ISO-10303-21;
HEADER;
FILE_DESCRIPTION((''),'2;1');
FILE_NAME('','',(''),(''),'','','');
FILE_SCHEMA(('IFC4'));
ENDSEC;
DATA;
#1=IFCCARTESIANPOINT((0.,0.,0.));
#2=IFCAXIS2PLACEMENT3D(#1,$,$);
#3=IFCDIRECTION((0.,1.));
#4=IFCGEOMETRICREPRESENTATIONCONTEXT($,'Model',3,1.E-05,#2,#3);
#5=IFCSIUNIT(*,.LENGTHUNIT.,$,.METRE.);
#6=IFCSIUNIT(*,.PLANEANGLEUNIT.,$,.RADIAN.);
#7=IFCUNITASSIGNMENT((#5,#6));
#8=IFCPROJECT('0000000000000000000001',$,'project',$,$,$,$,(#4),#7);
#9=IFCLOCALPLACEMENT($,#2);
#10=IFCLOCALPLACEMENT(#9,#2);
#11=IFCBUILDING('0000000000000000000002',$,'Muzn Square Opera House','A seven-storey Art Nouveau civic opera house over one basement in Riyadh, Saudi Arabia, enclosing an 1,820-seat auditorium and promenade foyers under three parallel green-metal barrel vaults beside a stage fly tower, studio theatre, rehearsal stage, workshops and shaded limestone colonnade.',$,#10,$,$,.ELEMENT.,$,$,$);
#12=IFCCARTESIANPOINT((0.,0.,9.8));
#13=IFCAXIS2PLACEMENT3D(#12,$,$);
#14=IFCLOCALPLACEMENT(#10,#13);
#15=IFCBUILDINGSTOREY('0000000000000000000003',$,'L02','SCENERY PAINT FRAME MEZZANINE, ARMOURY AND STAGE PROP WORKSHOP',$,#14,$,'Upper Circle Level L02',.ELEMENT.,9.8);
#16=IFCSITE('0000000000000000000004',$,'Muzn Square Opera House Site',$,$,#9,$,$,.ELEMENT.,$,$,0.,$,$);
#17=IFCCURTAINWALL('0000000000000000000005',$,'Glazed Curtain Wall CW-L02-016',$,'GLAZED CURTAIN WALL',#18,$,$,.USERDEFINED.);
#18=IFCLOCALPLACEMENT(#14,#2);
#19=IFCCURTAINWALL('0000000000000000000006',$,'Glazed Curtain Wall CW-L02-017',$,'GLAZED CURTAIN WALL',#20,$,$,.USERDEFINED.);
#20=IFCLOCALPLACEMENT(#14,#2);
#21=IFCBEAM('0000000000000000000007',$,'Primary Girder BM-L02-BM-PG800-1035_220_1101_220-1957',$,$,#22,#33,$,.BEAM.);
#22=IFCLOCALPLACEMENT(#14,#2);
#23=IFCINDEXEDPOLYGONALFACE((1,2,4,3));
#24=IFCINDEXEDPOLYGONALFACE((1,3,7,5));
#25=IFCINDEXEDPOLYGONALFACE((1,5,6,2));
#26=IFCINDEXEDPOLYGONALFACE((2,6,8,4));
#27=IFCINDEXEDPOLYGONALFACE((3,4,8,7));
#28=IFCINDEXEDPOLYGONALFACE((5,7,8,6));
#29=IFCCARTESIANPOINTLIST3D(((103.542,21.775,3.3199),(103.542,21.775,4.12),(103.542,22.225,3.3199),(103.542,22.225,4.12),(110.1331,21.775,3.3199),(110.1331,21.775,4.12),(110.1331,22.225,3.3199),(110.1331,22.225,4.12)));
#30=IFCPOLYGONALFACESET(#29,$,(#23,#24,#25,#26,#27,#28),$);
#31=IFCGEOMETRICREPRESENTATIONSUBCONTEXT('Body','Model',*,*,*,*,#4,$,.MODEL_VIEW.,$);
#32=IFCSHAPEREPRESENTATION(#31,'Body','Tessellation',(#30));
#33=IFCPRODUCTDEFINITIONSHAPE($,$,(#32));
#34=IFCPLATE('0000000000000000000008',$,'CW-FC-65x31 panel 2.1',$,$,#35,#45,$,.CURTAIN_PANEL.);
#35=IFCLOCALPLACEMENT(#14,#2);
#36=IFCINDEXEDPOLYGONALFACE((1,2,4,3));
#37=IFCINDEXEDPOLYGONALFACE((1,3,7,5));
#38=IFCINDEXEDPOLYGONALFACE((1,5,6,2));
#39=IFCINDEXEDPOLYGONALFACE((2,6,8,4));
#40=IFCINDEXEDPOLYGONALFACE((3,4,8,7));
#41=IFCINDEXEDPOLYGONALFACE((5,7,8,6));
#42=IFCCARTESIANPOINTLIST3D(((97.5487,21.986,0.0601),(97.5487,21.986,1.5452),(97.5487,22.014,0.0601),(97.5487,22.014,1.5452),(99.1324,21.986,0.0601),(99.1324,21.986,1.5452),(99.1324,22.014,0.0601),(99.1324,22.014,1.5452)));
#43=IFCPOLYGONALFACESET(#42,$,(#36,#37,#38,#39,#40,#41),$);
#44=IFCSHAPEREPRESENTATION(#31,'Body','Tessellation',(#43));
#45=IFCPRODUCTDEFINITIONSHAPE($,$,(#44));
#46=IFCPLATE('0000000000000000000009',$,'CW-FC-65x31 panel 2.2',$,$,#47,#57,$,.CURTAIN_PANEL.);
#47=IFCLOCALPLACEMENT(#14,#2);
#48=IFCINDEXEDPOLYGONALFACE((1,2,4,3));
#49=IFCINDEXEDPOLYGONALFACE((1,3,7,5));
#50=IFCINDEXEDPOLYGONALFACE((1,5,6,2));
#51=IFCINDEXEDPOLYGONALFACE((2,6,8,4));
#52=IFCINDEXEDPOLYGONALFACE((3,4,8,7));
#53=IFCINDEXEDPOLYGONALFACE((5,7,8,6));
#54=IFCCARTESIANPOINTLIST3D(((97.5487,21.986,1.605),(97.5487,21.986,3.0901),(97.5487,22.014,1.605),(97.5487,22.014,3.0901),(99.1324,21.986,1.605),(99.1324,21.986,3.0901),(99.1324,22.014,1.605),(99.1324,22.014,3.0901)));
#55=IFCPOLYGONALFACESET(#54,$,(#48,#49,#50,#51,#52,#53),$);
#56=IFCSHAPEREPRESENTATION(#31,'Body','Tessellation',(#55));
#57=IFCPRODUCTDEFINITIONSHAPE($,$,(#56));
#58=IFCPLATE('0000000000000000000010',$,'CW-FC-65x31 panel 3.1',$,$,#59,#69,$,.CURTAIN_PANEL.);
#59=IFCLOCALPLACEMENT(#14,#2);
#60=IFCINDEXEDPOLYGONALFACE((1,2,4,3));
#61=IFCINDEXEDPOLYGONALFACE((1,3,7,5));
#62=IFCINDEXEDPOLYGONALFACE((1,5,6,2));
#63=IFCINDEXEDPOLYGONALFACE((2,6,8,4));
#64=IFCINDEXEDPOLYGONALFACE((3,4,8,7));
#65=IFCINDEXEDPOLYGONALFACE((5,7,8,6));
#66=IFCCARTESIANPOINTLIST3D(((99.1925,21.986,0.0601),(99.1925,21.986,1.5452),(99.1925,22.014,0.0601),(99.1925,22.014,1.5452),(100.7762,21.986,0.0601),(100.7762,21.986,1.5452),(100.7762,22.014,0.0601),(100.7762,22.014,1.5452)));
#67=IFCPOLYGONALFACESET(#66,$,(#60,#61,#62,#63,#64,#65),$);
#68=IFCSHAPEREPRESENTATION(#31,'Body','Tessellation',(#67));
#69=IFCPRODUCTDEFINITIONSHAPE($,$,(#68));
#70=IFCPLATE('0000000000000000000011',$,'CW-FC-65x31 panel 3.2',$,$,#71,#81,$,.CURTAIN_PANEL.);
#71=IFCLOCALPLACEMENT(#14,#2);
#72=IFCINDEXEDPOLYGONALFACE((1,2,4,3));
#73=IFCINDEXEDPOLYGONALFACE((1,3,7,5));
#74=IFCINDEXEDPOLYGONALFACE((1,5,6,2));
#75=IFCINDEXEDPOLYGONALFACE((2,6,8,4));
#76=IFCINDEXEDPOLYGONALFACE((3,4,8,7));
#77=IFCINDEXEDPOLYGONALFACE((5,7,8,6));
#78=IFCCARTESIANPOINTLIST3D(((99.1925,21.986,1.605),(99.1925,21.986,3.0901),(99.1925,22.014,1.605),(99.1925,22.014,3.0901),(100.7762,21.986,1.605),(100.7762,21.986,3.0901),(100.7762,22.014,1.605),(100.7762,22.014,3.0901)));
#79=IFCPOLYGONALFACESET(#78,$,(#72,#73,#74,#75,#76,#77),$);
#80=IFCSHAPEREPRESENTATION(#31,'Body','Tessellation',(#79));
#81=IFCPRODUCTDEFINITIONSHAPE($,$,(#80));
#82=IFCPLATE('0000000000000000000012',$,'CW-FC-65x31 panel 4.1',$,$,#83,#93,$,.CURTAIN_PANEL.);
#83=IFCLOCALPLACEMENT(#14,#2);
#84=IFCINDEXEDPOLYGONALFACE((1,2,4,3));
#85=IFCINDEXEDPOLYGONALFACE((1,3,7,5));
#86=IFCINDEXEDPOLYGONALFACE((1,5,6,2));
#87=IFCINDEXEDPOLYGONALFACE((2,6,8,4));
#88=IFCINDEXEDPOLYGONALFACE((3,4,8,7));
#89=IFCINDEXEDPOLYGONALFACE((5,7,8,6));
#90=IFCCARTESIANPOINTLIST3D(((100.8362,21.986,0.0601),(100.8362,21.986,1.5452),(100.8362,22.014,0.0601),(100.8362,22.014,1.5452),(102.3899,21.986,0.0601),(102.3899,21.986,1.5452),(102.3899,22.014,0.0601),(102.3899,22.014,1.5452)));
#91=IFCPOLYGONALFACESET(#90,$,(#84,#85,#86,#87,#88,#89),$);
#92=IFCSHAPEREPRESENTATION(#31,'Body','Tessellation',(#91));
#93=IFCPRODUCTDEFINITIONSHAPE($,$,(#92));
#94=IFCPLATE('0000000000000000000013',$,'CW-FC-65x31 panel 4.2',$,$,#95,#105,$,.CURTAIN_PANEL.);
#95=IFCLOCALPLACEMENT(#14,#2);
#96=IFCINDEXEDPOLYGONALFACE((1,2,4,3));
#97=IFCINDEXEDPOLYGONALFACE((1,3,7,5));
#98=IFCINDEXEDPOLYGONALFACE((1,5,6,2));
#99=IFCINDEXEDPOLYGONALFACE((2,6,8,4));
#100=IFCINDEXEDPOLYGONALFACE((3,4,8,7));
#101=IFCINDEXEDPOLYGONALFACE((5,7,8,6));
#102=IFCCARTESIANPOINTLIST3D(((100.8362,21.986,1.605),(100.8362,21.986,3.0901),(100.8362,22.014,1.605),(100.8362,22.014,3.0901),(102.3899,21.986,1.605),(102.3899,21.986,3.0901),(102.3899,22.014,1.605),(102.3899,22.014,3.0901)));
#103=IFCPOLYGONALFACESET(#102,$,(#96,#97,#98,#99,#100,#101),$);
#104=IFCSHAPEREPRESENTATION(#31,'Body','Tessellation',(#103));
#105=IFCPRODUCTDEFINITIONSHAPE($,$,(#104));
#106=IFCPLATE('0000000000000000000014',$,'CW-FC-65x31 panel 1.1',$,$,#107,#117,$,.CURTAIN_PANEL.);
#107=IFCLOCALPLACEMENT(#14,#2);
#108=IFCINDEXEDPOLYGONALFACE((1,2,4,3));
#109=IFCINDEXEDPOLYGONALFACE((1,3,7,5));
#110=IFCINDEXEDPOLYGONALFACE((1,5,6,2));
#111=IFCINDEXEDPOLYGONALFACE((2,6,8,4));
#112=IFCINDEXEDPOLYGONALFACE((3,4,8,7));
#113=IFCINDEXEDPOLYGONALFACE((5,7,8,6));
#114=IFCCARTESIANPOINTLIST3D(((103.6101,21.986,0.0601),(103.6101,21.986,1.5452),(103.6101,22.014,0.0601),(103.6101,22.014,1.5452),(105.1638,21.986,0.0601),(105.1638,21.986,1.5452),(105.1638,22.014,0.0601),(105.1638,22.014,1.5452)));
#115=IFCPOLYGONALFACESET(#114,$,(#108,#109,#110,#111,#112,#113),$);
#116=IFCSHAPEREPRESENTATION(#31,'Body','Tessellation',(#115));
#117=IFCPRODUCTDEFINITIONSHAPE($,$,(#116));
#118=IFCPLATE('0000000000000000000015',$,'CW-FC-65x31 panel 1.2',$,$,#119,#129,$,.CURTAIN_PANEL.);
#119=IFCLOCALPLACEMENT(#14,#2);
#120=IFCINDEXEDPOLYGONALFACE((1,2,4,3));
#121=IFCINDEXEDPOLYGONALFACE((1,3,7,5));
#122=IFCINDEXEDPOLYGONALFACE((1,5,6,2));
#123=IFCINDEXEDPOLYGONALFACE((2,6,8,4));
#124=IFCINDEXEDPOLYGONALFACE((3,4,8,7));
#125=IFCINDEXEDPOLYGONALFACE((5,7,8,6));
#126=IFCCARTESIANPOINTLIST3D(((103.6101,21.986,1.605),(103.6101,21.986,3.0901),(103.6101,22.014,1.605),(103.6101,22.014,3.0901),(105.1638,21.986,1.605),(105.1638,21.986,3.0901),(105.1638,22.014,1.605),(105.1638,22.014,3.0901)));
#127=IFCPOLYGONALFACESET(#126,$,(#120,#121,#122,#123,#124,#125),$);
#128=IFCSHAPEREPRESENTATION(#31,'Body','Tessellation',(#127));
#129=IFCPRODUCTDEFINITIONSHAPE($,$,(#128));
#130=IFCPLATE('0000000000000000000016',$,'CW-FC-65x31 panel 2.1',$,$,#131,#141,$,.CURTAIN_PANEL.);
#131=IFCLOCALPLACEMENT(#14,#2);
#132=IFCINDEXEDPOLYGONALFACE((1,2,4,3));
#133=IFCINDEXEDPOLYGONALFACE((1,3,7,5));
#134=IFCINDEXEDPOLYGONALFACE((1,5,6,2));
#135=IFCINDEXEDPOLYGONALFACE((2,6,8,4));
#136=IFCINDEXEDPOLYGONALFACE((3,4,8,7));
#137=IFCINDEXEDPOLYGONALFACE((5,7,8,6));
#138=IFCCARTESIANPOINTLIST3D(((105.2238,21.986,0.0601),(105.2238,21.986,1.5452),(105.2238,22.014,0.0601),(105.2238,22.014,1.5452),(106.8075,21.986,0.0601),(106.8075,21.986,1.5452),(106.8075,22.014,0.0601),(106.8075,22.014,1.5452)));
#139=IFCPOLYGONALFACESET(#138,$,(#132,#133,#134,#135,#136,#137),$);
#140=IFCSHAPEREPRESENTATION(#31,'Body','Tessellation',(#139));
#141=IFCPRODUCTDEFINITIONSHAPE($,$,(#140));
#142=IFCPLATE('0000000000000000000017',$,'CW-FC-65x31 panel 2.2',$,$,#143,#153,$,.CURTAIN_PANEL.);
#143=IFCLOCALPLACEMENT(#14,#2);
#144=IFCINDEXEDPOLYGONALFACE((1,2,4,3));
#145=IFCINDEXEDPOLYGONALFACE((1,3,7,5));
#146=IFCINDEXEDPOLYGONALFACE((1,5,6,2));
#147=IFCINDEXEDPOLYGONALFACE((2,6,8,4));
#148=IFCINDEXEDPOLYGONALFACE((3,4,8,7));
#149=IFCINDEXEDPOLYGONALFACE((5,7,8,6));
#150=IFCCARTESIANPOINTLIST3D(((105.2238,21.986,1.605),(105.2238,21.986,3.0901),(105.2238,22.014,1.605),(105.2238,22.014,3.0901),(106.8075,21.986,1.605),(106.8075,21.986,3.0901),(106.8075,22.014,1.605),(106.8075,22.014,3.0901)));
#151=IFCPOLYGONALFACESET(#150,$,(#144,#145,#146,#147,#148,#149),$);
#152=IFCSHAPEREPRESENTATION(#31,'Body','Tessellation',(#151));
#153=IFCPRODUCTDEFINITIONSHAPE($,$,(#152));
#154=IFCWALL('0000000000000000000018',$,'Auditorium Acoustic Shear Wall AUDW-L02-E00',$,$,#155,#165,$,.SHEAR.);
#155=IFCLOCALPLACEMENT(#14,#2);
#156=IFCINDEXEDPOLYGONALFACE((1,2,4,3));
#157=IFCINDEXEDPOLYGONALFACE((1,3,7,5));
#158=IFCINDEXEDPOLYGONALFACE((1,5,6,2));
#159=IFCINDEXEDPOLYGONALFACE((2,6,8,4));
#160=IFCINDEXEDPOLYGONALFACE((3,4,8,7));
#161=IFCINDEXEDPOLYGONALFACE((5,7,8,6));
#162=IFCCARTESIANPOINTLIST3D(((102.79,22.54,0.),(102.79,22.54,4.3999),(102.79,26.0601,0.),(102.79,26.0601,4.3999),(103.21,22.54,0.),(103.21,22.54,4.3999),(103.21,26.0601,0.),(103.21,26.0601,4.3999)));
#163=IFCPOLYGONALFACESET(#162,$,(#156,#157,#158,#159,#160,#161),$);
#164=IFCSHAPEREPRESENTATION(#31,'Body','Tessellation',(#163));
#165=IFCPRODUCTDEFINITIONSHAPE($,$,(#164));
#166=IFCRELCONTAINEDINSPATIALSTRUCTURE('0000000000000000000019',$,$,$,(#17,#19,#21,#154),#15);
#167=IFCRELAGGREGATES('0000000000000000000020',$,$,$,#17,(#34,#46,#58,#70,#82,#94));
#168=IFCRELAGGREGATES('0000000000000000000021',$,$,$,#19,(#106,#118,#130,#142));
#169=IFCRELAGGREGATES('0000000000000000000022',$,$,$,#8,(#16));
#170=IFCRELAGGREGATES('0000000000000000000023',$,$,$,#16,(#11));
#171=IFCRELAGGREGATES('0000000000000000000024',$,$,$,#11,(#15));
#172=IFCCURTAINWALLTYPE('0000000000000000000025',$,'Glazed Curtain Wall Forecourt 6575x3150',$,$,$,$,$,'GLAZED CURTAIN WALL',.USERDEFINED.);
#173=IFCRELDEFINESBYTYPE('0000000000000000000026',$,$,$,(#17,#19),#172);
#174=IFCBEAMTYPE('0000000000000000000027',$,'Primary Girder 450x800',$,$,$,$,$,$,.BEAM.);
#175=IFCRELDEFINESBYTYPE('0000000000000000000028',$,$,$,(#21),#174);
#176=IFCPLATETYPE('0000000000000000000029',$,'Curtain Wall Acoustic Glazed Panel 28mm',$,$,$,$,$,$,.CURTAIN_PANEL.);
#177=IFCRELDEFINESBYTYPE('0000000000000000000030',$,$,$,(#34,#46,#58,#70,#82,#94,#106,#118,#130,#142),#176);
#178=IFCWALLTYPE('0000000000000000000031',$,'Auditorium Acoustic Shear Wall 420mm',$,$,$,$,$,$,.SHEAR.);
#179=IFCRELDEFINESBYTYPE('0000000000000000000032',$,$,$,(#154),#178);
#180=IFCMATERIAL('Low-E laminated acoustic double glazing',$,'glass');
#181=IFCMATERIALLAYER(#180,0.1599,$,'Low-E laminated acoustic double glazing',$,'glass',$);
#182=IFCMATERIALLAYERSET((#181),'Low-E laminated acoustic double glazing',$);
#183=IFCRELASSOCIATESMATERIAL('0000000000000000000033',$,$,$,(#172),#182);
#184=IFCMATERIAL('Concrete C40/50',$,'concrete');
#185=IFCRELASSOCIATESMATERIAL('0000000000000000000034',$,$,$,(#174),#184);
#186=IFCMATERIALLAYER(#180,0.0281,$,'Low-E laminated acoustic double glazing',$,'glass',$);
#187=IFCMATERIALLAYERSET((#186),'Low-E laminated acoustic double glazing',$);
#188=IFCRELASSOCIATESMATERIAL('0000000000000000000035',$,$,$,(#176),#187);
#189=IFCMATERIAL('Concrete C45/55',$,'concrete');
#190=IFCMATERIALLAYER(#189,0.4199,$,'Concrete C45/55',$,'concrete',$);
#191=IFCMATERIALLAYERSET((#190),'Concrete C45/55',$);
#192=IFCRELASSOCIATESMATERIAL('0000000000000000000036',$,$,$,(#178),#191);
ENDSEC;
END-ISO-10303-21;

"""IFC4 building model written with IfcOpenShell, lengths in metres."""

from ifc_helpers import new_model, si_unit, direction, frame, frame_2d, origin, origin_2d, place, context, subcontext, project, spatial, rectangle, extrude, material, layer, layer_set, material_profile, profile_set, type_object, element, aggregate, save


model = new_model("IFC4")

# Units and contexts
model_context = context("Model", 3, precision=1e-05, world=origin(), true_north=direction((0.0, 1.0)))
body_context = subcontext(model_context, "Body", "Model", "MODEL_VIEW")
ifc_project = project(units=[si_unit("LENGTHUNIT", "METRE"), si_unit("PLANEANGLEUNIT", "RADIAN")], contexts=[model_context])

# Site, building, storey
site_placement = place(None, origin())
site = spatial("IfcSite", under=ifc_project, at=site_placement, Name="Muzn Square Opera House Site", CompositionType="ELEMENT", RefElevation=0.0)
building_placement = place(site_placement, origin())
building = spatial("IfcBuilding", under=site, at=building_placement, Name="Muzn Square Opera House", Description="A seven-storey Art Nouveau civic opera house over one basement in Riyadh, Saudi Arabia, enclosing an 1,820-seat auditorium and promenade foyers under three parallel green-metal barrel vaults beside a stage fly tower, studio theatre, rehearsal stage, workshops and shaded limestone colonnade.", CompositionType="ELEMENT")
storey_placement = place(building_placement, frame((0.0, 0.0, 9.8)))
storey = spatial("IfcBuildingStorey", under=building, at=storey_placement, Name="L02", Description="SCENERY PAINT FRAME MEZZANINE, ARMOURY AND STAGE PROP WORKSHOP", LongName="Upper Circle Level L02", CompositionType="ELEMENT", Elevation=9.8)

# Shared definitions
ifc_material_1 = material(Name="Concrete C45/55", Category="concrete")

# Curtain walls
ifc_material_2 = material(Name="Low-E laminated acoustic double glazing", Category="glass")
ifc_layer_1 = layer(ifc_material_2, 0.1599, Name="Low-E laminated acoustic double glazing", Category="glass")
ifc_layer_set_1 = layer_set([ifc_layer_1], Name="Low-E laminated acoustic double glazing")
curtain_wall_type = type_object("IfcCurtainWallType", Name="Glazed Curtain Wall Forecourt 6575x3150", ElementType="GLAZED CURTAIN WALL", PredefinedType="USERDEFINED", material=ifc_layer_set_1)
curtain_wall_1_placement = place(storey_placement, origin())
curtain_wall_1 = element("IfcCurtainWall", 1, at=curtain_wall_1_placement, inside=storey, type_object=curtain_wall_type, Name="Glazed Curtain Wall CW-L02-016", ObjectType="GLAZED CURTAIN WALL", PredefinedType="USERDEFINED")
curtain_wall_2_placement = place(storey_placement, origin())
curtain_wall_2 = element("IfcCurtainWall", 2, at=curtain_wall_2_placement, inside=storey, type_object=curtain_wall_type, Name="Glazed Curtain Wall CW-L02-017", ObjectType="GLAZED CURTAIN WALL", PredefinedType="USERDEFINED")

# Beam
ifc_material_3 = material(Name="Concrete C40/50", Category="concrete")
ifc_material_profile_1 = material_profile(ifc_material_3, rectangle(XDim=0.45, YDim=0.8, at=origin_2d()), Name="RCB 450x800", Category="concrete")
ifc_profile_set_1 = profile_set([ifc_material_profile_1], Name="Concrete C40/50")
beam_type_1 = type_object("IfcBeamType", Name="Primary Girder 450x800", PredefinedType="BEAM", material=ifc_profile_set_1)
beam_1_placement = place(storey_placement, frame((103.542, 22.0, 3.72), z_axis=(1.0, 0.0, 0.0), x_axis=(0.0, 1.0, 0.0)))
element("IfcBeam", 3, at=beam_1_placement, inside=storey, type_object=beam_type_1, Name="Primary Girder BM-L02-BM-PG800-1035_220_1101_220-1957", PredefinedType="BEAM", context=body_context, shape_type="SweptSolid", body=[
    extrude(rectangle(XDim=0.45, YDim=0.8, at=origin_2d()), origin(), (0.0, 0.0, 1.0), 6.5911),
])

# Plates
ifc_layer_2 = layer(ifc_material_2, 0.0281, Name="Low-E laminated acoustic double glazing", Category="glass")
ifc_layer_set_2 = layer_set([ifc_layer_2], Name="Low-E laminated acoustic double glazing")
plate_type = type_object("IfcPlateType", Name="Curtain Wall Acoustic Glazed Panel 28mm", PredefinedType="CURTAIN_PANEL", material=ifc_layer_set_2)
plate_1_placement = place(storey_placement, frame((98.3406, 22.0, 0.0601), z_axis=(0.0, 0.0, 1.0), x_axis=(1.0, 0.0, 0.0)))
plate_1 = element("IfcPlate", 4, at=plate_1_placement, type_object=plate_type, Name="CW-FC-65x31 panel 2.1", PredefinedType="CURTAIN_PANEL", context=body_context, shape_type="SweptSolid", body=[
    extrude(rectangle(XDim=1.5837, YDim=0.0281, at=origin_2d()), origin(), (0.0, 0.0, 1.0), 1.4851),
])
plate_2_placement = place(storey_placement, frame((98.3406, 22.0, 1.605), z_axis=(0.0, 0.0, 1.0), x_axis=(1.0, 0.0, 0.0)))
plate_2 = element("IfcPlate", 5, at=plate_2_placement, type_object=plate_type, Name="CW-FC-65x31 panel 2.2", PredefinedType="CURTAIN_PANEL", context=body_context, shape_type="SweptSolid", body=[
    extrude(rectangle(XDim=1.5837, YDim=0.0281, at=origin_2d()), origin(), (0.0, 0.0, 1.0), 1.4851),
])
plate_3_placement = place(storey_placement, frame((99.9844, 22.0, 0.0601), z_axis=(0.0, 0.0, 1.0), x_axis=(1.0, 0.0, 0.0)))
plate_3 = element("IfcPlate", 6, at=plate_3_placement, type_object=plate_type, Name="CW-FC-65x31 panel 3.1", PredefinedType="CURTAIN_PANEL", context=body_context, shape_type="SweptSolid", body=[
    extrude(rectangle(XDim=1.5837, YDim=0.0281, at=origin_2d()), origin(), (0.0, 0.0, 1.0), 1.4851),
])
plate_4_placement = place(storey_placement, frame((99.9844, 22.0, 1.605), z_axis=(0.0, 0.0, 1.0), x_axis=(1.0, 0.0, 0.0)))
plate_4 = element("IfcPlate", 7, at=plate_4_placement, type_object=plate_type, Name="CW-FC-65x31 panel 3.2", PredefinedType="CURTAIN_PANEL", context=body_context, shape_type="SweptSolid", body=[
    extrude(rectangle(XDim=1.5837, YDim=0.0281, at=origin_2d()), origin(), (0.0, 0.0, 1.0), 1.4851),
])
plate_5_placement = place(storey_placement, frame((101.613, 22.0, 0.0601), z_axis=(0.0, 0.0, 1.0), x_axis=(1.0, 0.0, 0.0)))
plate_5 = element("IfcPlate", 8, at=plate_5_placement, type_object=plate_type, Name="CW-FC-65x31 panel 4.1", PredefinedType="CURTAIN_PANEL", context=body_context, shape_type="SweptSolid", body=[
    extrude(rectangle(XDim=1.5537, YDim=0.0281, at=origin_2d()), origin(), (0.0, 0.0, 1.0), 1.4851),
])
plate_6_placement = place(storey_placement, frame((101.613, 22.0, 1.605), z_axis=(0.0, 0.0, 1.0), x_axis=(1.0, 0.0, 0.0)))
plate_6 = element("IfcPlate", 9, at=plate_6_placement, type_object=plate_type, Name="CW-FC-65x31 panel 4.2", PredefinedType="CURTAIN_PANEL", context=body_context, shape_type="SweptSolid", body=[
    extrude(rectangle(XDim=1.5537, YDim=0.0281, at=origin_2d()), origin(), (0.0, 0.0, 1.0), 1.4851),
])
aggregate(curtain_wall_1, [plate_1, plate_2, plate_3, plate_4, plate_5, plate_6])
plate_7_placement = place(storey_placement, frame((104.387, 22.0, 0.0601), z_axis=(0.0, 0.0, 1.0), x_axis=(1.0, 0.0, 0.0)))
plate_7 = element("IfcPlate", 10, at=plate_7_placement, type_object=plate_type, Name="CW-FC-65x31 panel 1.1", PredefinedType="CURTAIN_PANEL", context=body_context, shape_type="SweptSolid", body=[
    extrude(rectangle(XDim=1.5537, YDim=0.0281, at=origin_2d()), origin(), (0.0, 0.0, 1.0), 1.4851),
])
plate_8_placement = place(storey_placement, frame((104.387, 22.0, 1.605), z_axis=(0.0, 0.0, 1.0), x_axis=(1.0, 0.0, 0.0)))
plate_8 = element("IfcPlate", 11, at=plate_8_placement, type_object=plate_type, Name="CW-FC-65x31 panel 1.2", PredefinedType="CURTAIN_PANEL", context=body_context, shape_type="SweptSolid", body=[
    extrude(rectangle(XDim=1.5537, YDim=0.0281, at=origin_2d()), origin(), (0.0, 0.0, 1.0), 1.4851),
])
plate_9_placement = place(storey_placement, frame((106.0156, 22.0, 0.0601), z_axis=(0.0, 0.0, 1.0), x_axis=(1.0, 0.0, 0.0)))
plate_9 = element("IfcPlate", 12, at=plate_9_placement, type_object=plate_type, Name="CW-FC-65x31 panel 2.1", PredefinedType="CURTAIN_PANEL", context=body_context, shape_type="SweptSolid", body=[
    extrude(rectangle(XDim=1.5837, YDim=0.0281, at=origin_2d()), origin(), (0.0, 0.0, 1.0), 1.4851),
])
plate_10_placement = place(storey_placement, frame((106.0156, 22.0, 1.605), z_axis=(0.0, 0.0, 1.0), x_axis=(1.0, 0.0, 0.0)))
plate_10 = element("IfcPlate", 13, at=plate_10_placement, type_object=plate_type, Name="CW-FC-65x31 panel 2.2", PredefinedType="CURTAIN_PANEL", context=body_context, shape_type="SweptSolid", body=[
    extrude(rectangle(XDim=1.5837, YDim=0.0281, at=origin_2d()), origin(), (0.0, 0.0, 1.0), 1.4851),
])
aggregate(curtain_wall_2, [plate_7, plate_8, plate_9, plate_10])

# Wall
ifc_layer_3 = layer(ifc_material_1, 0.4199, Name="Concrete C45/55", Category="concrete")
ifc_layer_set_3 = layer_set([ifc_layer_3], Name="Concrete C45/55")
wall_type = type_object("IfcWallType", Name="Auditorium Acoustic Shear Wall 420mm", PredefinedType="SHEAR", material=ifc_layer_set_3)
wall_placement = place(storey_placement, frame((103.0, 22.54, 0.0), z_axis=(0.0, 0.0, 1.0), x_axis=(0.0, 1.0, 0.0)))
element("IfcWall", 14, at=wall_placement, inside=storey, type_object=wall_type, Name="Auditorium Acoustic Shear Wall AUDW-L02-E00", PredefinedType="SHEAR", context=body_context, shape_type="SweptSolid", body=[
    extrude(rectangle(XDim=3.52, YDim=0.4199, at=frame_2d((1.76, 0.0))), origin(), (0.0, 0.0, 1.0), 4.3999),
])

save(model, "model.ifc")
